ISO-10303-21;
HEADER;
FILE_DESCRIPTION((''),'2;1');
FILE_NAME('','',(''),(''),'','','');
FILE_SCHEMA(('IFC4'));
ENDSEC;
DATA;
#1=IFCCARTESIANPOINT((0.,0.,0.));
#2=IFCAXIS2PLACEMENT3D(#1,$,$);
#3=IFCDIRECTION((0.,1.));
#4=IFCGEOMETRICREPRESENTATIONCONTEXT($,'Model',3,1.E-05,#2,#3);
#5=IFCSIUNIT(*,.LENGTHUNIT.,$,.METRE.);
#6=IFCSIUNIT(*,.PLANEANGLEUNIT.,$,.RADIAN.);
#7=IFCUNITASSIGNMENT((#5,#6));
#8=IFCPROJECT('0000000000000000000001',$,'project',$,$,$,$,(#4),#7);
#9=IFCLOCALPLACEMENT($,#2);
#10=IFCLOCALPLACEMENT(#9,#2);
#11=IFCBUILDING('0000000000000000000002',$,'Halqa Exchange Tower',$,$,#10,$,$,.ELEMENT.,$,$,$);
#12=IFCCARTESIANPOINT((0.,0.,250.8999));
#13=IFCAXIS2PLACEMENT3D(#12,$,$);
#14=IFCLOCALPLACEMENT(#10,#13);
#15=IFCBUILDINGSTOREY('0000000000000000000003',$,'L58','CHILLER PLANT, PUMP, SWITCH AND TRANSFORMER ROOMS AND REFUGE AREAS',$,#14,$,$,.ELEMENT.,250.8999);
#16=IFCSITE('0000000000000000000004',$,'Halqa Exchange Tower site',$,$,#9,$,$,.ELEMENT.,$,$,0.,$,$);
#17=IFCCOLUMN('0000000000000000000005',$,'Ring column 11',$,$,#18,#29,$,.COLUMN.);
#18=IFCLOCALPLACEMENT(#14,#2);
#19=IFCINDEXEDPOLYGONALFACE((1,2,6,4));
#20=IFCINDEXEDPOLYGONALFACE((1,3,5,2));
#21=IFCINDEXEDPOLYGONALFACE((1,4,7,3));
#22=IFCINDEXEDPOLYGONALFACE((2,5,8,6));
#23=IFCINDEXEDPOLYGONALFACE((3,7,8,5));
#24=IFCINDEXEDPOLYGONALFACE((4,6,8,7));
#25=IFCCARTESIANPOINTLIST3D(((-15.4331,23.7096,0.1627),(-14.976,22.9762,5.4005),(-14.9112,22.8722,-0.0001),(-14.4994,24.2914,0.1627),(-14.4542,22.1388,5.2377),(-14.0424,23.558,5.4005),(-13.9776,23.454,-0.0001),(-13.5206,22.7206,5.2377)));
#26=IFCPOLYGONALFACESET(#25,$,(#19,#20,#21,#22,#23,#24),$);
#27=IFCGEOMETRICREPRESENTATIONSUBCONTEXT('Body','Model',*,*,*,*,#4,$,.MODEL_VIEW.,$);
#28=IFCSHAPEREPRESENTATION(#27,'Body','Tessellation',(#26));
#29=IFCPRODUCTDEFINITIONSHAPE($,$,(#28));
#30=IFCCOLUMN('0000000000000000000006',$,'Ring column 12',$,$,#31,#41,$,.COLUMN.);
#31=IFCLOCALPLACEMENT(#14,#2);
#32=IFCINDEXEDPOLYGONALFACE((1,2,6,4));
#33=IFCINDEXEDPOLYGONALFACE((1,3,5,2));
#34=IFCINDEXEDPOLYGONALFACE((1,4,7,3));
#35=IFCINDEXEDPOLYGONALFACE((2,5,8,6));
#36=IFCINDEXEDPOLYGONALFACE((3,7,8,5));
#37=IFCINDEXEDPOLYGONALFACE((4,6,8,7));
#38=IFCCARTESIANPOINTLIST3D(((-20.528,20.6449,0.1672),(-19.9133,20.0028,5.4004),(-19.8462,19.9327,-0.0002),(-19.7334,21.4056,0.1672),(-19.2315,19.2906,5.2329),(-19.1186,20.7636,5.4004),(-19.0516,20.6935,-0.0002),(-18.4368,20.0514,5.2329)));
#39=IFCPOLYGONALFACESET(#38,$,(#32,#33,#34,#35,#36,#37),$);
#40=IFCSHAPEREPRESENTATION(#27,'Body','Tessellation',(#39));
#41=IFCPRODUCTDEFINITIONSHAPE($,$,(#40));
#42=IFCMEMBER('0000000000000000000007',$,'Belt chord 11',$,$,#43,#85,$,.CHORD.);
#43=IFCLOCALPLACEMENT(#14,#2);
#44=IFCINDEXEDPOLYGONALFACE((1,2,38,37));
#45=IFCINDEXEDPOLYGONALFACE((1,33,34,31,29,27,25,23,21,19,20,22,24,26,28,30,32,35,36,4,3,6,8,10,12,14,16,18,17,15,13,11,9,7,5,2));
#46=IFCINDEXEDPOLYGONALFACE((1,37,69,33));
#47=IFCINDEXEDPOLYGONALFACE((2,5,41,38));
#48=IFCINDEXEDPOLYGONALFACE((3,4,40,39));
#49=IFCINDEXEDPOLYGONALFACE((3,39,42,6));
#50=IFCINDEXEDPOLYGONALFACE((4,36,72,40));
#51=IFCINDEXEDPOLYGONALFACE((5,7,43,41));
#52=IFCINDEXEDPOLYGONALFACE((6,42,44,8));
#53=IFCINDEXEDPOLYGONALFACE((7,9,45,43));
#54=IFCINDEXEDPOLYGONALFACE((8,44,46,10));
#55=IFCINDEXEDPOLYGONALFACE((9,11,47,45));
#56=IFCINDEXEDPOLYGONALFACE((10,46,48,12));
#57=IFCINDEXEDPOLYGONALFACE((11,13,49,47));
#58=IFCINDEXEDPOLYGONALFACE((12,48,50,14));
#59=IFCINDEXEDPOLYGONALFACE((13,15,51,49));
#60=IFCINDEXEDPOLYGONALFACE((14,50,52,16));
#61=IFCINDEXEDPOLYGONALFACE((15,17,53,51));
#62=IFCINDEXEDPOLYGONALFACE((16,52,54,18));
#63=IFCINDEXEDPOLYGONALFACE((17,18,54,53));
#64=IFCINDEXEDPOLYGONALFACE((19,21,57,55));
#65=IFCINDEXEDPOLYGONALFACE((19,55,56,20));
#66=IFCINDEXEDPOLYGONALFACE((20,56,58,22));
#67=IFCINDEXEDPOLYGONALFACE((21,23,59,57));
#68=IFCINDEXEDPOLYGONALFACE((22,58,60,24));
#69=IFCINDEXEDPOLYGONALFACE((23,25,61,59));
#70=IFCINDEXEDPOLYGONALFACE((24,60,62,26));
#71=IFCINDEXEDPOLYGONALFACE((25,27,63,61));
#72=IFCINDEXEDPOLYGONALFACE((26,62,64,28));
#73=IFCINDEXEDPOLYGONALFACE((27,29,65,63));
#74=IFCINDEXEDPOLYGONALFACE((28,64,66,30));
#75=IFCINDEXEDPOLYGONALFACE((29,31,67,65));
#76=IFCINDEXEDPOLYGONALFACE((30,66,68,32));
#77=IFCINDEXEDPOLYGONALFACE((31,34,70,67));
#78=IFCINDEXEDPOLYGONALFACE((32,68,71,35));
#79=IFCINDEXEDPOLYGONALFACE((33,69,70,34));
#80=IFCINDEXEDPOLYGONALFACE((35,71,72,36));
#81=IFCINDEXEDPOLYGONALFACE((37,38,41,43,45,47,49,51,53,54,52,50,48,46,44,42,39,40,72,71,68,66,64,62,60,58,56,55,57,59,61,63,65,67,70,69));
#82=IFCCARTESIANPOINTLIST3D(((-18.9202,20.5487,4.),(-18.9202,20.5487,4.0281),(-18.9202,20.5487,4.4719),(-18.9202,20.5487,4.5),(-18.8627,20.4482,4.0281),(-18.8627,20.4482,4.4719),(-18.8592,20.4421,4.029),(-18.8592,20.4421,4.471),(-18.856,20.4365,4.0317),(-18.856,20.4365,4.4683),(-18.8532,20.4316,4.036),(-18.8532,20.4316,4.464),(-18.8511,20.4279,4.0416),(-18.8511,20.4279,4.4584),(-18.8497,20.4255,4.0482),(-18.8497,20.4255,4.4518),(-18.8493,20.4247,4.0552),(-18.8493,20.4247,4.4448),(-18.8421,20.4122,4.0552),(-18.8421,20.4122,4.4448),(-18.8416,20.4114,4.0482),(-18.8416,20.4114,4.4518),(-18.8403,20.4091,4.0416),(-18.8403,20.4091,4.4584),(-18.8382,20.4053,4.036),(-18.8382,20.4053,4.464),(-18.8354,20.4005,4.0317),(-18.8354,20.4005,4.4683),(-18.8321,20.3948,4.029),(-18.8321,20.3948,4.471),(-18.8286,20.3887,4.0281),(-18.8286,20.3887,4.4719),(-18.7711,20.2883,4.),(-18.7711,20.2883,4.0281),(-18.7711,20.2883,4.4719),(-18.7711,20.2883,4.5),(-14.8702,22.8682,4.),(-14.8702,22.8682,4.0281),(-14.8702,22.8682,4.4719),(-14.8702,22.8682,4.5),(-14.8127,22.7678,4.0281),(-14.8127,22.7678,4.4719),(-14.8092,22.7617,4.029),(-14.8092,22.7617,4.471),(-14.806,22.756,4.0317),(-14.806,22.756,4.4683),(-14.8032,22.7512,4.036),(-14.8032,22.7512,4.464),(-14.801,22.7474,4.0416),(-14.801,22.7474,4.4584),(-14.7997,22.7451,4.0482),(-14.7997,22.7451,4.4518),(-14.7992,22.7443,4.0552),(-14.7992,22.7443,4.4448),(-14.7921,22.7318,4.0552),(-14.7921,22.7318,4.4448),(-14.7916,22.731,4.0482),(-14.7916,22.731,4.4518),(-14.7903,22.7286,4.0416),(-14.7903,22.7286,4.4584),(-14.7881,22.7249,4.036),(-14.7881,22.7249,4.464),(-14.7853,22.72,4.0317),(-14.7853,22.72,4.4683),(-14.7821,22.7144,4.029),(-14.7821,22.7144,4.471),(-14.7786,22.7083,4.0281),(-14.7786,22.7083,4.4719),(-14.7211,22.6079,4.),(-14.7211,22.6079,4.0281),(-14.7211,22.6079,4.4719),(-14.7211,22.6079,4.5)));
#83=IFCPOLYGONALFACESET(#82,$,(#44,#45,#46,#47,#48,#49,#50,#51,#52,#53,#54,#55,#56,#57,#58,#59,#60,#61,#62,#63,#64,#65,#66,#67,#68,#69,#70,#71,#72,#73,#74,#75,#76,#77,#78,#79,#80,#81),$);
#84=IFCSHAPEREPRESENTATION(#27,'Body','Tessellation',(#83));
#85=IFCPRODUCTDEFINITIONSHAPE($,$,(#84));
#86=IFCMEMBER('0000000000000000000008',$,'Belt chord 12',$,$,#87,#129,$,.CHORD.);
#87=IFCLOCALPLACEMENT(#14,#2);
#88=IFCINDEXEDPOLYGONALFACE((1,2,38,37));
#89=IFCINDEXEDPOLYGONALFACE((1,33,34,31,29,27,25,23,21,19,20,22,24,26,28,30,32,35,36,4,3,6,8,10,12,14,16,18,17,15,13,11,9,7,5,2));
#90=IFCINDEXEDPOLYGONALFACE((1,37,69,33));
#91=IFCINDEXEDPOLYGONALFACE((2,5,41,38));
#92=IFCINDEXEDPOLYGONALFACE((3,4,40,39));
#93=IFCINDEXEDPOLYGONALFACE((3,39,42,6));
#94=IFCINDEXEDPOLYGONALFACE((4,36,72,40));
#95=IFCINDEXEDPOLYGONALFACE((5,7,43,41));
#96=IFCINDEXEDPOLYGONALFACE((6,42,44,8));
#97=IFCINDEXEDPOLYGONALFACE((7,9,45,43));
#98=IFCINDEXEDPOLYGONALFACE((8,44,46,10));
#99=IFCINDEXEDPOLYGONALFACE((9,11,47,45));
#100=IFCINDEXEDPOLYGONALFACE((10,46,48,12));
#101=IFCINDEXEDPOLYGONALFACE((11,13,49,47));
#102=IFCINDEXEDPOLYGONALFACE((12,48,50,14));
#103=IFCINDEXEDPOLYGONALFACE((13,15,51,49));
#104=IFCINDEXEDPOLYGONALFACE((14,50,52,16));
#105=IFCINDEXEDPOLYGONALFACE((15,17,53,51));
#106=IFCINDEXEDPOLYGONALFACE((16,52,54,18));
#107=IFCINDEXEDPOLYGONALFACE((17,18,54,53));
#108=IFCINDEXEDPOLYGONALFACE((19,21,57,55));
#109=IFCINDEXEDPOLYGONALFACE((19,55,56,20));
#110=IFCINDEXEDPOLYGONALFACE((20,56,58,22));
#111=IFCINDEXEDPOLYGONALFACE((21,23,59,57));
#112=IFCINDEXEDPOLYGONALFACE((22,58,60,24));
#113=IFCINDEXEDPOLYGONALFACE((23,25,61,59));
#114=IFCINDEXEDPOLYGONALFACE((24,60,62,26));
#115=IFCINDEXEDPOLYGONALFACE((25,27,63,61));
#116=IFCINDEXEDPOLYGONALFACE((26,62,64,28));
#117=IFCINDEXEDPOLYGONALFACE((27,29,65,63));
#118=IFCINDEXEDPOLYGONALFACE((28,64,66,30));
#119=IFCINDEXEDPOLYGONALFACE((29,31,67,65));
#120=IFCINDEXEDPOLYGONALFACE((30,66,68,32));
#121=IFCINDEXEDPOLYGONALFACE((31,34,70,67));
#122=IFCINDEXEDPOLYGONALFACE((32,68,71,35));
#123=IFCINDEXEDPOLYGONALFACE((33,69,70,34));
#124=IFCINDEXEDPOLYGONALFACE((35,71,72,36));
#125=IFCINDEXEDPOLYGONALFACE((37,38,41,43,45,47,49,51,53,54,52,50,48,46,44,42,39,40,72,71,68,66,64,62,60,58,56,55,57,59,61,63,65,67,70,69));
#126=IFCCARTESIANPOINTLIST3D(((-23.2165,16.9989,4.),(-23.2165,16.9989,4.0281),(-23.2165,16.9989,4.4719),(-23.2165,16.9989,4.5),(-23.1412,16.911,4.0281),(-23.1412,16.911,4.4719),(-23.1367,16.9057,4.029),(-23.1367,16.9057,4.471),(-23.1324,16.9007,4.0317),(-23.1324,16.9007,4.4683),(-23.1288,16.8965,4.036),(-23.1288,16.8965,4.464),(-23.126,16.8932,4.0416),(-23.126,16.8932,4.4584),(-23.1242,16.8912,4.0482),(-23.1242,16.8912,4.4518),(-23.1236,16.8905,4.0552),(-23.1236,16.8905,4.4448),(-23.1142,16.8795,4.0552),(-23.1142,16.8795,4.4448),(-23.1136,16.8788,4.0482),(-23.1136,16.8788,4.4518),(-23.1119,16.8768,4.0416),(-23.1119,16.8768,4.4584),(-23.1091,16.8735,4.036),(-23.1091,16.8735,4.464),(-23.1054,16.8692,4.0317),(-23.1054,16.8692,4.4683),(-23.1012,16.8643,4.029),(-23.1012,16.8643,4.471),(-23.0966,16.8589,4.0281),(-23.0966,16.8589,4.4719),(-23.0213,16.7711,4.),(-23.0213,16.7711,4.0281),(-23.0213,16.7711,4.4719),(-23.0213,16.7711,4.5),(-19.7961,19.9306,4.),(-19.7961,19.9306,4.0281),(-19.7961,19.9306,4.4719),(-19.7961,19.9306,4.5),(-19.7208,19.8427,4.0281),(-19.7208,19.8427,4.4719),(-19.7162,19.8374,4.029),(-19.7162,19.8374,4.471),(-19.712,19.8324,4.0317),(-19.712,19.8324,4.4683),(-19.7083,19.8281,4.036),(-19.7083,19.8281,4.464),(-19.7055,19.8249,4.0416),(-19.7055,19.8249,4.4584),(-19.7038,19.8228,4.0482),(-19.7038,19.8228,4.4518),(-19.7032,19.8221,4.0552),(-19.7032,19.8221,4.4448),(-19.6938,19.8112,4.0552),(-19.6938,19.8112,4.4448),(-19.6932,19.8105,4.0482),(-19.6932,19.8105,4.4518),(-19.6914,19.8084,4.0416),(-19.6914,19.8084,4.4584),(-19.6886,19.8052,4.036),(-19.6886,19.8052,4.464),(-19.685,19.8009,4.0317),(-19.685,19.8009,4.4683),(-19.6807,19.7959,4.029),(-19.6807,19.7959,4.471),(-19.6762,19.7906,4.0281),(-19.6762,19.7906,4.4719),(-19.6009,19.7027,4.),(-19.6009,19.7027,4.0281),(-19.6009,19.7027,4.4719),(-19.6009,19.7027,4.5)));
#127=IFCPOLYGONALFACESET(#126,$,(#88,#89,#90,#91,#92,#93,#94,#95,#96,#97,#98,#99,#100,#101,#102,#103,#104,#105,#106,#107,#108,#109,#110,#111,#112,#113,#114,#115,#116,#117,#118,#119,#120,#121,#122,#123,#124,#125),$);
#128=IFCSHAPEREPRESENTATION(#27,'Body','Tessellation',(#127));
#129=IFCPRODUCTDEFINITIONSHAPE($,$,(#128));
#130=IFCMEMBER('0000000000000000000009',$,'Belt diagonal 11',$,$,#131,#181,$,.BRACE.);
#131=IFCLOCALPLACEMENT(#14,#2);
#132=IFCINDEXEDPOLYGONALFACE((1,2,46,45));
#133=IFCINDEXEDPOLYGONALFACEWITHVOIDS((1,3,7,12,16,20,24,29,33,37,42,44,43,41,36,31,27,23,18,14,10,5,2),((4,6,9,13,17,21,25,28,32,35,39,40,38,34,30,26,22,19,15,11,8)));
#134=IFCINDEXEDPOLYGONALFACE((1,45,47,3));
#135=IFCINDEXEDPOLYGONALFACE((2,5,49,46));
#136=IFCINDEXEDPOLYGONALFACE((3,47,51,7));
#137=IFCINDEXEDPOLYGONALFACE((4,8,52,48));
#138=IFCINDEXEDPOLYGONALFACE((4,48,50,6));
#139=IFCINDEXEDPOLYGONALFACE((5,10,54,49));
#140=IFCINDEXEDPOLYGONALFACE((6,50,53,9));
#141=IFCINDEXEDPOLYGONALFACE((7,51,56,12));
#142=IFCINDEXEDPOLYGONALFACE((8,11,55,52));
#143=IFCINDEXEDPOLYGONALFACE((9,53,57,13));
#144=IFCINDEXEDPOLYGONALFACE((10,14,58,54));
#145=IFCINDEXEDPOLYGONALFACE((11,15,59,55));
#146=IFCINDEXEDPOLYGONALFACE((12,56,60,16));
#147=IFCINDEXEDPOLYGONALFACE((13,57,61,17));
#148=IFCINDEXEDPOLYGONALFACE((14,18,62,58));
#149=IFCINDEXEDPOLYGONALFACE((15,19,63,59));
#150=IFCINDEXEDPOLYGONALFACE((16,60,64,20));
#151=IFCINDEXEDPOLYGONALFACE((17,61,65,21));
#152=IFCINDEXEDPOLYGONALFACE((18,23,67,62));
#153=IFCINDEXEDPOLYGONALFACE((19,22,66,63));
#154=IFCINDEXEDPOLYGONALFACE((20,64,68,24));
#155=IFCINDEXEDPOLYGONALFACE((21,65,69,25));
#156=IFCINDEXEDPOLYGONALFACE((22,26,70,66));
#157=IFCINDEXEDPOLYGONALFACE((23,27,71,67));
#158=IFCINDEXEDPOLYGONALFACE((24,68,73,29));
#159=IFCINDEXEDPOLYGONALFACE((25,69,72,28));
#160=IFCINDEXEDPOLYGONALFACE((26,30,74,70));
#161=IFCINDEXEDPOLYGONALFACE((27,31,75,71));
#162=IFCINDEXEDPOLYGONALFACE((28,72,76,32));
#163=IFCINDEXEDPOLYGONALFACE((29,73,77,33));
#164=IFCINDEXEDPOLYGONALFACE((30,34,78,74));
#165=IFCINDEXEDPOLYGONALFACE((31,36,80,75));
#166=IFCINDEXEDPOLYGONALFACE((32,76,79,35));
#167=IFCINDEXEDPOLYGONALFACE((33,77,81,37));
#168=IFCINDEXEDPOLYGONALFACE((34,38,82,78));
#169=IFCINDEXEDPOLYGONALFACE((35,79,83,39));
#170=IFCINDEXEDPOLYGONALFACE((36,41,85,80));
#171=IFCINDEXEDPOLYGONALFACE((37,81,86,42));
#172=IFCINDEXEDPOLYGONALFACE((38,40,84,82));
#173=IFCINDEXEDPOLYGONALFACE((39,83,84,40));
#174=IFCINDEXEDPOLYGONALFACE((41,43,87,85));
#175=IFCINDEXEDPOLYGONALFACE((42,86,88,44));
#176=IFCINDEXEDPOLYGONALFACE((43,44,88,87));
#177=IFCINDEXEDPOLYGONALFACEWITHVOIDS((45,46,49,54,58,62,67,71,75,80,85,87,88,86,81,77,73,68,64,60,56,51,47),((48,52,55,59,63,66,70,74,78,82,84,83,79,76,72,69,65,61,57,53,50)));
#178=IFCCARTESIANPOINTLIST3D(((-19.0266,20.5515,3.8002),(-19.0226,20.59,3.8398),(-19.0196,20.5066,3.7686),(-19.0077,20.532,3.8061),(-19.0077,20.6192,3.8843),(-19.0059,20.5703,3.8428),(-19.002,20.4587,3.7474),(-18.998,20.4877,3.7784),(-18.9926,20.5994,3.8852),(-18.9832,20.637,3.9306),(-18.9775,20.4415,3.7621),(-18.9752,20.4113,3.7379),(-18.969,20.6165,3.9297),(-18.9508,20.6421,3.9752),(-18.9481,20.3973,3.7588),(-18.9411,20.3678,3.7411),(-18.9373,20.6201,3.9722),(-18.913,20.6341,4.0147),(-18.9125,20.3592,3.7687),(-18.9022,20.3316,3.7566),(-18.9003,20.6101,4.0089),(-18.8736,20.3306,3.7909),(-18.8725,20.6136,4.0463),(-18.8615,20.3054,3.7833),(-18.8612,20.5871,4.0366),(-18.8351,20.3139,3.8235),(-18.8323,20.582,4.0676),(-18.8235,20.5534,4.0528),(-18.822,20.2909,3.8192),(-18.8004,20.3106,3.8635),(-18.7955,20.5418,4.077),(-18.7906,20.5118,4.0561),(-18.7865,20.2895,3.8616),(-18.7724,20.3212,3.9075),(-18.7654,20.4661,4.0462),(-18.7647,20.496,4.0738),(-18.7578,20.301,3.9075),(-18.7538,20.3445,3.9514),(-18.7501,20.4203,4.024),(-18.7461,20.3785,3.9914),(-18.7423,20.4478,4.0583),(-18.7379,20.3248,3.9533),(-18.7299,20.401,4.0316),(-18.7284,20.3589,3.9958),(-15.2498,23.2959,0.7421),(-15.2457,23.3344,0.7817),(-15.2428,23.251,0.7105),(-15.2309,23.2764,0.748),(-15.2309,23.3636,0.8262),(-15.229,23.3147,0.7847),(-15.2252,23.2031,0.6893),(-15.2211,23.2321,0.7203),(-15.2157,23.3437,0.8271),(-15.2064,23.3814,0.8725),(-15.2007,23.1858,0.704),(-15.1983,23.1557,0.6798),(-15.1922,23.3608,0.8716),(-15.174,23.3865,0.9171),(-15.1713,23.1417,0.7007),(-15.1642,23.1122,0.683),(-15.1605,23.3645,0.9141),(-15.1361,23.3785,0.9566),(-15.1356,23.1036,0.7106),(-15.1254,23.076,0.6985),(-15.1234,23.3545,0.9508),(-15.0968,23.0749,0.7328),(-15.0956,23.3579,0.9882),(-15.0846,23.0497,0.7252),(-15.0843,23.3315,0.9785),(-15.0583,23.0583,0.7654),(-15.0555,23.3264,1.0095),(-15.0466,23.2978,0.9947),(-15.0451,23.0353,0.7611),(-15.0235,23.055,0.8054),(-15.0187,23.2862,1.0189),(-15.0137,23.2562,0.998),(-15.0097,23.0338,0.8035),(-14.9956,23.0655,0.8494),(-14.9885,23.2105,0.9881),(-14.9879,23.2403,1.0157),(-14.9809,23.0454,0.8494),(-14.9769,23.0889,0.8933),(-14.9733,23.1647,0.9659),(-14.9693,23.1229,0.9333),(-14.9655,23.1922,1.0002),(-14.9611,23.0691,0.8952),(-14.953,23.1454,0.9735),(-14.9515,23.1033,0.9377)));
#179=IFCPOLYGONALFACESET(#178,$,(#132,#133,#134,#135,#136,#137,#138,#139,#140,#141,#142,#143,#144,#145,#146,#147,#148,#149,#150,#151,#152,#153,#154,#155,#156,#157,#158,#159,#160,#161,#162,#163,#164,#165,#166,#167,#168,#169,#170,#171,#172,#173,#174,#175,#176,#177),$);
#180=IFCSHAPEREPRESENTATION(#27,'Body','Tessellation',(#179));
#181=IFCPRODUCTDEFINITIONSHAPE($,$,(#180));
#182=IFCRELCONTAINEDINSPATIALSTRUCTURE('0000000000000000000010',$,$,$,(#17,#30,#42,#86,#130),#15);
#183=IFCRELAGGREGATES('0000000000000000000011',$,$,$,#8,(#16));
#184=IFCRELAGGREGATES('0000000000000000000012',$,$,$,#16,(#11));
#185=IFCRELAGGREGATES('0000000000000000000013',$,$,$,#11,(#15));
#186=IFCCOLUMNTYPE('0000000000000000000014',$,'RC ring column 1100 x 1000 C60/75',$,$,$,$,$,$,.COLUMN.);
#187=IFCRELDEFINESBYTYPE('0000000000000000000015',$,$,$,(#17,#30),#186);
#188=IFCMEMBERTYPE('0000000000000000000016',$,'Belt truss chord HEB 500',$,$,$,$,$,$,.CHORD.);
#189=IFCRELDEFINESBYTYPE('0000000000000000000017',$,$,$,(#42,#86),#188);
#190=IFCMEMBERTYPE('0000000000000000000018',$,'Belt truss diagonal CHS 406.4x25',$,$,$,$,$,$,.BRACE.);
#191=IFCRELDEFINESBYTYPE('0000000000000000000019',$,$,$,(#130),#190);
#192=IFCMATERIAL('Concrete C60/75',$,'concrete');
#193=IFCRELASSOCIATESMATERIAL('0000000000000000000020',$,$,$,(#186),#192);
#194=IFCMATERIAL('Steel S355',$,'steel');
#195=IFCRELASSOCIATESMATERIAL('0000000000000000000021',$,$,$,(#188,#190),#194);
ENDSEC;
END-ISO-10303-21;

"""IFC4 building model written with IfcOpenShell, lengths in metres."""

from ifc_helpers import new_model, si_unit, direction, frame, origin, origin_2d, place, context, subcontext, project, spatial, rectangle, hollow_circle, i_section, extrude, material, material_profile, profile_set, type_object, element, save


model = new_model("IFC4")

# Units and contexts
model_context = context("Model", 3, precision=1e-05, world=origin(), true_north=direction((0.0, 1.0)))
body_context = subcontext(model_context, "Body", "Model", "MODEL_VIEW")
ifc_project = project(units=[si_unit("LENGTHUNIT", "METRE"), si_unit("PLANEANGLEUNIT", "RADIAN")], contexts=[model_context])

# Site, building, storey
site_placement = place(None, origin())
site = spatial("IfcSite", under=ifc_project, at=site_placement, Name="Halqa Exchange Tower site", CompositionType="ELEMENT", RefElevation=0.0)
building_placement = place(site_placement, origin())
building = spatial("IfcBuilding", under=site, at=building_placement, Name="Halqa Exchange Tower", CompositionType="ELEMENT")
storey_placement = place(building_placement, frame((0.0, 0.0, 250.8999)))
storey = spatial("IfcBuildingStorey", under=building, at=storey_placement, Name="L58", Description="CHILLER PLANT, PUMP, SWITCH AND TRANSFORMER ROOMS AND REFUGE AREAS", CompositionType="ELEMENT", Elevation=250.8999)

# Columns
ifc_material_1 = material(Name="Concrete C60/75", Category="concrete")
ifc_material_profile_1 = material_profile(ifc_material_1, rectangle(XDim=1.1001, YDim=1.0, at=origin_2d()), Name="1100 x 1000")
ifc_profile_set_1 = profile_set([ifc_material_profile_1], Name="Concrete C60/75")
column_type = type_object("IfcColumnType", Name="RC ring column 1100 x 1000 C60/75", PredefinedType="COLUMN", material=ifc_profile_set_1)
column_1_placement = place(storey_placement, frame((-14.7053, 23.5818, 0.0813), z_axis=(0.086093, -0.138153, 0.986662), x_axis=(0.848696, 0.528881, 0.0)))
element("IfcColumn", 1, at=column_1_placement, inside=storey, type_object=column_type, Name="Ring column 11", PredefinedType="COLUMN", context=body_context, shape_type="SweptSolid", body=[
    extrude(rectangle(XDim=1.1001, YDim=1.0, at=origin_2d()), origin(), (0.0, 0.0, 1.0), 5.3086),
])
column_2_placement = place(storey_placement, frame((-19.7898, 20.6692, 0.0835), z_axis=(0.115812, -0.120964, 0.985878), x_axis=(0.72232, 0.691559, 0.0)))
element("IfcColumn", 2, at=column_2_placement, inside=storey, type_object=column_type, Name="Ring column 12", PredefinedType="COLUMN", context=body_context, shape_type="SweptSolid", body=[
    extrude(rectangle(XDim=1.1001, YDim=1.0, at=origin_2d()), origin(), (0.0, 0.0, 1.0), 5.3081),
])

# Members
ifc_material_2 = material(Name="Steel S355", Category="steel")
ifc_material_profile_2 = material_profile(ifc_material_2, i_section(OverallWidth=0.3, OverallDepth=0.5, WebThickness=0.0144, FlangeThickness=0.0281, FilletRadius=0.0271, at=origin_2d()), Name="HEB 500")
ifc_profile_set_2 = profile_set([ifc_material_profile_2], Name="Steel S355")
member_type_1 = type_object("IfcMemberType", Name="Belt truss chord HEB 500", PredefinedType="CHORD", material=ifc_profile_set_2)
member_1_placement = place(storey_placement, frame((-14.7957, 22.738, 4.25), z_axis=(-0.867757, -0.496989, 0.0), x_axis=(0.496989, -0.867757, 0.0)))
element("IfcMember", 3, at=member_1_placement, inside=storey, type_object=member_type_1, Name="Belt chord 11", PredefinedType="CHORD", context=body_context, shape_type="SweptSolid", body=[
    extrude(i_section(OverallWidth=0.3, OverallDepth=0.5, WebThickness=0.0144, FlangeThickness=0.0281, FilletRadius=0.0271, at=origin_2d()), origin(), (0.0, 0.0, 1.0), 4.6672),
])
member_2_placement = place(storey_placement, frame((-19.6985, 19.8167, 4.25), z_axis=(-0.759272, -0.650774, 0.0), x_axis=(0.650774, -0.759272, 0.0)))
element("IfcMember", 4, at=member_2_placement, inside=storey, type_object=member_type_1, Name="Belt chord 12", PredefinedType="CHORD", context=body_context, shape_type="SweptSolid", body=[
    extrude(i_section(OverallWidth=0.3, OverallDepth=0.5, WebThickness=0.0144, FlangeThickness=0.0281, FilletRadius=0.0271, at=origin_2d()), origin(), (0.0, 0.0, 1.0), 4.5049),
])
ifc_material_profile_3 = material_profile(ifc_material_2, hollow_circle(Radius=0.2031, WallThickness=0.0249, at=origin_2d()), Name="CHS 406.4x25")
ifc_profile_set_3 = profile_set([ifc_material_profile_3], Name="Steel S355")
member_type_2 = type_object("IfcMemberType", Name="Belt truss diagonal CHS 406.4x25", PredefinedType="BRACE", material=ifc_profile_set_3)
member_3_placement = place(storey_placement, frame((-15.1003, 23.2097, 0.8494), z_axis=(-0.676727, -0.491731, 0.547943), x_axis=(0.587833, -0.808983, 0.0)))
element("IfcMember", 5, at=member_3_placement, inside=storey, type_object=member_type_2, Name="Belt diagonal 11", PredefinedType="BRACE", context=body_context, shape_type="SweptSolid", body=[
    extrude(hollow_circle(Radius=0.2031, WallThickness=0.0249, at=origin_2d()), origin(), (0.0, 0.0, 1.0), 5.5811),
])

save(model, "model.ifc")
